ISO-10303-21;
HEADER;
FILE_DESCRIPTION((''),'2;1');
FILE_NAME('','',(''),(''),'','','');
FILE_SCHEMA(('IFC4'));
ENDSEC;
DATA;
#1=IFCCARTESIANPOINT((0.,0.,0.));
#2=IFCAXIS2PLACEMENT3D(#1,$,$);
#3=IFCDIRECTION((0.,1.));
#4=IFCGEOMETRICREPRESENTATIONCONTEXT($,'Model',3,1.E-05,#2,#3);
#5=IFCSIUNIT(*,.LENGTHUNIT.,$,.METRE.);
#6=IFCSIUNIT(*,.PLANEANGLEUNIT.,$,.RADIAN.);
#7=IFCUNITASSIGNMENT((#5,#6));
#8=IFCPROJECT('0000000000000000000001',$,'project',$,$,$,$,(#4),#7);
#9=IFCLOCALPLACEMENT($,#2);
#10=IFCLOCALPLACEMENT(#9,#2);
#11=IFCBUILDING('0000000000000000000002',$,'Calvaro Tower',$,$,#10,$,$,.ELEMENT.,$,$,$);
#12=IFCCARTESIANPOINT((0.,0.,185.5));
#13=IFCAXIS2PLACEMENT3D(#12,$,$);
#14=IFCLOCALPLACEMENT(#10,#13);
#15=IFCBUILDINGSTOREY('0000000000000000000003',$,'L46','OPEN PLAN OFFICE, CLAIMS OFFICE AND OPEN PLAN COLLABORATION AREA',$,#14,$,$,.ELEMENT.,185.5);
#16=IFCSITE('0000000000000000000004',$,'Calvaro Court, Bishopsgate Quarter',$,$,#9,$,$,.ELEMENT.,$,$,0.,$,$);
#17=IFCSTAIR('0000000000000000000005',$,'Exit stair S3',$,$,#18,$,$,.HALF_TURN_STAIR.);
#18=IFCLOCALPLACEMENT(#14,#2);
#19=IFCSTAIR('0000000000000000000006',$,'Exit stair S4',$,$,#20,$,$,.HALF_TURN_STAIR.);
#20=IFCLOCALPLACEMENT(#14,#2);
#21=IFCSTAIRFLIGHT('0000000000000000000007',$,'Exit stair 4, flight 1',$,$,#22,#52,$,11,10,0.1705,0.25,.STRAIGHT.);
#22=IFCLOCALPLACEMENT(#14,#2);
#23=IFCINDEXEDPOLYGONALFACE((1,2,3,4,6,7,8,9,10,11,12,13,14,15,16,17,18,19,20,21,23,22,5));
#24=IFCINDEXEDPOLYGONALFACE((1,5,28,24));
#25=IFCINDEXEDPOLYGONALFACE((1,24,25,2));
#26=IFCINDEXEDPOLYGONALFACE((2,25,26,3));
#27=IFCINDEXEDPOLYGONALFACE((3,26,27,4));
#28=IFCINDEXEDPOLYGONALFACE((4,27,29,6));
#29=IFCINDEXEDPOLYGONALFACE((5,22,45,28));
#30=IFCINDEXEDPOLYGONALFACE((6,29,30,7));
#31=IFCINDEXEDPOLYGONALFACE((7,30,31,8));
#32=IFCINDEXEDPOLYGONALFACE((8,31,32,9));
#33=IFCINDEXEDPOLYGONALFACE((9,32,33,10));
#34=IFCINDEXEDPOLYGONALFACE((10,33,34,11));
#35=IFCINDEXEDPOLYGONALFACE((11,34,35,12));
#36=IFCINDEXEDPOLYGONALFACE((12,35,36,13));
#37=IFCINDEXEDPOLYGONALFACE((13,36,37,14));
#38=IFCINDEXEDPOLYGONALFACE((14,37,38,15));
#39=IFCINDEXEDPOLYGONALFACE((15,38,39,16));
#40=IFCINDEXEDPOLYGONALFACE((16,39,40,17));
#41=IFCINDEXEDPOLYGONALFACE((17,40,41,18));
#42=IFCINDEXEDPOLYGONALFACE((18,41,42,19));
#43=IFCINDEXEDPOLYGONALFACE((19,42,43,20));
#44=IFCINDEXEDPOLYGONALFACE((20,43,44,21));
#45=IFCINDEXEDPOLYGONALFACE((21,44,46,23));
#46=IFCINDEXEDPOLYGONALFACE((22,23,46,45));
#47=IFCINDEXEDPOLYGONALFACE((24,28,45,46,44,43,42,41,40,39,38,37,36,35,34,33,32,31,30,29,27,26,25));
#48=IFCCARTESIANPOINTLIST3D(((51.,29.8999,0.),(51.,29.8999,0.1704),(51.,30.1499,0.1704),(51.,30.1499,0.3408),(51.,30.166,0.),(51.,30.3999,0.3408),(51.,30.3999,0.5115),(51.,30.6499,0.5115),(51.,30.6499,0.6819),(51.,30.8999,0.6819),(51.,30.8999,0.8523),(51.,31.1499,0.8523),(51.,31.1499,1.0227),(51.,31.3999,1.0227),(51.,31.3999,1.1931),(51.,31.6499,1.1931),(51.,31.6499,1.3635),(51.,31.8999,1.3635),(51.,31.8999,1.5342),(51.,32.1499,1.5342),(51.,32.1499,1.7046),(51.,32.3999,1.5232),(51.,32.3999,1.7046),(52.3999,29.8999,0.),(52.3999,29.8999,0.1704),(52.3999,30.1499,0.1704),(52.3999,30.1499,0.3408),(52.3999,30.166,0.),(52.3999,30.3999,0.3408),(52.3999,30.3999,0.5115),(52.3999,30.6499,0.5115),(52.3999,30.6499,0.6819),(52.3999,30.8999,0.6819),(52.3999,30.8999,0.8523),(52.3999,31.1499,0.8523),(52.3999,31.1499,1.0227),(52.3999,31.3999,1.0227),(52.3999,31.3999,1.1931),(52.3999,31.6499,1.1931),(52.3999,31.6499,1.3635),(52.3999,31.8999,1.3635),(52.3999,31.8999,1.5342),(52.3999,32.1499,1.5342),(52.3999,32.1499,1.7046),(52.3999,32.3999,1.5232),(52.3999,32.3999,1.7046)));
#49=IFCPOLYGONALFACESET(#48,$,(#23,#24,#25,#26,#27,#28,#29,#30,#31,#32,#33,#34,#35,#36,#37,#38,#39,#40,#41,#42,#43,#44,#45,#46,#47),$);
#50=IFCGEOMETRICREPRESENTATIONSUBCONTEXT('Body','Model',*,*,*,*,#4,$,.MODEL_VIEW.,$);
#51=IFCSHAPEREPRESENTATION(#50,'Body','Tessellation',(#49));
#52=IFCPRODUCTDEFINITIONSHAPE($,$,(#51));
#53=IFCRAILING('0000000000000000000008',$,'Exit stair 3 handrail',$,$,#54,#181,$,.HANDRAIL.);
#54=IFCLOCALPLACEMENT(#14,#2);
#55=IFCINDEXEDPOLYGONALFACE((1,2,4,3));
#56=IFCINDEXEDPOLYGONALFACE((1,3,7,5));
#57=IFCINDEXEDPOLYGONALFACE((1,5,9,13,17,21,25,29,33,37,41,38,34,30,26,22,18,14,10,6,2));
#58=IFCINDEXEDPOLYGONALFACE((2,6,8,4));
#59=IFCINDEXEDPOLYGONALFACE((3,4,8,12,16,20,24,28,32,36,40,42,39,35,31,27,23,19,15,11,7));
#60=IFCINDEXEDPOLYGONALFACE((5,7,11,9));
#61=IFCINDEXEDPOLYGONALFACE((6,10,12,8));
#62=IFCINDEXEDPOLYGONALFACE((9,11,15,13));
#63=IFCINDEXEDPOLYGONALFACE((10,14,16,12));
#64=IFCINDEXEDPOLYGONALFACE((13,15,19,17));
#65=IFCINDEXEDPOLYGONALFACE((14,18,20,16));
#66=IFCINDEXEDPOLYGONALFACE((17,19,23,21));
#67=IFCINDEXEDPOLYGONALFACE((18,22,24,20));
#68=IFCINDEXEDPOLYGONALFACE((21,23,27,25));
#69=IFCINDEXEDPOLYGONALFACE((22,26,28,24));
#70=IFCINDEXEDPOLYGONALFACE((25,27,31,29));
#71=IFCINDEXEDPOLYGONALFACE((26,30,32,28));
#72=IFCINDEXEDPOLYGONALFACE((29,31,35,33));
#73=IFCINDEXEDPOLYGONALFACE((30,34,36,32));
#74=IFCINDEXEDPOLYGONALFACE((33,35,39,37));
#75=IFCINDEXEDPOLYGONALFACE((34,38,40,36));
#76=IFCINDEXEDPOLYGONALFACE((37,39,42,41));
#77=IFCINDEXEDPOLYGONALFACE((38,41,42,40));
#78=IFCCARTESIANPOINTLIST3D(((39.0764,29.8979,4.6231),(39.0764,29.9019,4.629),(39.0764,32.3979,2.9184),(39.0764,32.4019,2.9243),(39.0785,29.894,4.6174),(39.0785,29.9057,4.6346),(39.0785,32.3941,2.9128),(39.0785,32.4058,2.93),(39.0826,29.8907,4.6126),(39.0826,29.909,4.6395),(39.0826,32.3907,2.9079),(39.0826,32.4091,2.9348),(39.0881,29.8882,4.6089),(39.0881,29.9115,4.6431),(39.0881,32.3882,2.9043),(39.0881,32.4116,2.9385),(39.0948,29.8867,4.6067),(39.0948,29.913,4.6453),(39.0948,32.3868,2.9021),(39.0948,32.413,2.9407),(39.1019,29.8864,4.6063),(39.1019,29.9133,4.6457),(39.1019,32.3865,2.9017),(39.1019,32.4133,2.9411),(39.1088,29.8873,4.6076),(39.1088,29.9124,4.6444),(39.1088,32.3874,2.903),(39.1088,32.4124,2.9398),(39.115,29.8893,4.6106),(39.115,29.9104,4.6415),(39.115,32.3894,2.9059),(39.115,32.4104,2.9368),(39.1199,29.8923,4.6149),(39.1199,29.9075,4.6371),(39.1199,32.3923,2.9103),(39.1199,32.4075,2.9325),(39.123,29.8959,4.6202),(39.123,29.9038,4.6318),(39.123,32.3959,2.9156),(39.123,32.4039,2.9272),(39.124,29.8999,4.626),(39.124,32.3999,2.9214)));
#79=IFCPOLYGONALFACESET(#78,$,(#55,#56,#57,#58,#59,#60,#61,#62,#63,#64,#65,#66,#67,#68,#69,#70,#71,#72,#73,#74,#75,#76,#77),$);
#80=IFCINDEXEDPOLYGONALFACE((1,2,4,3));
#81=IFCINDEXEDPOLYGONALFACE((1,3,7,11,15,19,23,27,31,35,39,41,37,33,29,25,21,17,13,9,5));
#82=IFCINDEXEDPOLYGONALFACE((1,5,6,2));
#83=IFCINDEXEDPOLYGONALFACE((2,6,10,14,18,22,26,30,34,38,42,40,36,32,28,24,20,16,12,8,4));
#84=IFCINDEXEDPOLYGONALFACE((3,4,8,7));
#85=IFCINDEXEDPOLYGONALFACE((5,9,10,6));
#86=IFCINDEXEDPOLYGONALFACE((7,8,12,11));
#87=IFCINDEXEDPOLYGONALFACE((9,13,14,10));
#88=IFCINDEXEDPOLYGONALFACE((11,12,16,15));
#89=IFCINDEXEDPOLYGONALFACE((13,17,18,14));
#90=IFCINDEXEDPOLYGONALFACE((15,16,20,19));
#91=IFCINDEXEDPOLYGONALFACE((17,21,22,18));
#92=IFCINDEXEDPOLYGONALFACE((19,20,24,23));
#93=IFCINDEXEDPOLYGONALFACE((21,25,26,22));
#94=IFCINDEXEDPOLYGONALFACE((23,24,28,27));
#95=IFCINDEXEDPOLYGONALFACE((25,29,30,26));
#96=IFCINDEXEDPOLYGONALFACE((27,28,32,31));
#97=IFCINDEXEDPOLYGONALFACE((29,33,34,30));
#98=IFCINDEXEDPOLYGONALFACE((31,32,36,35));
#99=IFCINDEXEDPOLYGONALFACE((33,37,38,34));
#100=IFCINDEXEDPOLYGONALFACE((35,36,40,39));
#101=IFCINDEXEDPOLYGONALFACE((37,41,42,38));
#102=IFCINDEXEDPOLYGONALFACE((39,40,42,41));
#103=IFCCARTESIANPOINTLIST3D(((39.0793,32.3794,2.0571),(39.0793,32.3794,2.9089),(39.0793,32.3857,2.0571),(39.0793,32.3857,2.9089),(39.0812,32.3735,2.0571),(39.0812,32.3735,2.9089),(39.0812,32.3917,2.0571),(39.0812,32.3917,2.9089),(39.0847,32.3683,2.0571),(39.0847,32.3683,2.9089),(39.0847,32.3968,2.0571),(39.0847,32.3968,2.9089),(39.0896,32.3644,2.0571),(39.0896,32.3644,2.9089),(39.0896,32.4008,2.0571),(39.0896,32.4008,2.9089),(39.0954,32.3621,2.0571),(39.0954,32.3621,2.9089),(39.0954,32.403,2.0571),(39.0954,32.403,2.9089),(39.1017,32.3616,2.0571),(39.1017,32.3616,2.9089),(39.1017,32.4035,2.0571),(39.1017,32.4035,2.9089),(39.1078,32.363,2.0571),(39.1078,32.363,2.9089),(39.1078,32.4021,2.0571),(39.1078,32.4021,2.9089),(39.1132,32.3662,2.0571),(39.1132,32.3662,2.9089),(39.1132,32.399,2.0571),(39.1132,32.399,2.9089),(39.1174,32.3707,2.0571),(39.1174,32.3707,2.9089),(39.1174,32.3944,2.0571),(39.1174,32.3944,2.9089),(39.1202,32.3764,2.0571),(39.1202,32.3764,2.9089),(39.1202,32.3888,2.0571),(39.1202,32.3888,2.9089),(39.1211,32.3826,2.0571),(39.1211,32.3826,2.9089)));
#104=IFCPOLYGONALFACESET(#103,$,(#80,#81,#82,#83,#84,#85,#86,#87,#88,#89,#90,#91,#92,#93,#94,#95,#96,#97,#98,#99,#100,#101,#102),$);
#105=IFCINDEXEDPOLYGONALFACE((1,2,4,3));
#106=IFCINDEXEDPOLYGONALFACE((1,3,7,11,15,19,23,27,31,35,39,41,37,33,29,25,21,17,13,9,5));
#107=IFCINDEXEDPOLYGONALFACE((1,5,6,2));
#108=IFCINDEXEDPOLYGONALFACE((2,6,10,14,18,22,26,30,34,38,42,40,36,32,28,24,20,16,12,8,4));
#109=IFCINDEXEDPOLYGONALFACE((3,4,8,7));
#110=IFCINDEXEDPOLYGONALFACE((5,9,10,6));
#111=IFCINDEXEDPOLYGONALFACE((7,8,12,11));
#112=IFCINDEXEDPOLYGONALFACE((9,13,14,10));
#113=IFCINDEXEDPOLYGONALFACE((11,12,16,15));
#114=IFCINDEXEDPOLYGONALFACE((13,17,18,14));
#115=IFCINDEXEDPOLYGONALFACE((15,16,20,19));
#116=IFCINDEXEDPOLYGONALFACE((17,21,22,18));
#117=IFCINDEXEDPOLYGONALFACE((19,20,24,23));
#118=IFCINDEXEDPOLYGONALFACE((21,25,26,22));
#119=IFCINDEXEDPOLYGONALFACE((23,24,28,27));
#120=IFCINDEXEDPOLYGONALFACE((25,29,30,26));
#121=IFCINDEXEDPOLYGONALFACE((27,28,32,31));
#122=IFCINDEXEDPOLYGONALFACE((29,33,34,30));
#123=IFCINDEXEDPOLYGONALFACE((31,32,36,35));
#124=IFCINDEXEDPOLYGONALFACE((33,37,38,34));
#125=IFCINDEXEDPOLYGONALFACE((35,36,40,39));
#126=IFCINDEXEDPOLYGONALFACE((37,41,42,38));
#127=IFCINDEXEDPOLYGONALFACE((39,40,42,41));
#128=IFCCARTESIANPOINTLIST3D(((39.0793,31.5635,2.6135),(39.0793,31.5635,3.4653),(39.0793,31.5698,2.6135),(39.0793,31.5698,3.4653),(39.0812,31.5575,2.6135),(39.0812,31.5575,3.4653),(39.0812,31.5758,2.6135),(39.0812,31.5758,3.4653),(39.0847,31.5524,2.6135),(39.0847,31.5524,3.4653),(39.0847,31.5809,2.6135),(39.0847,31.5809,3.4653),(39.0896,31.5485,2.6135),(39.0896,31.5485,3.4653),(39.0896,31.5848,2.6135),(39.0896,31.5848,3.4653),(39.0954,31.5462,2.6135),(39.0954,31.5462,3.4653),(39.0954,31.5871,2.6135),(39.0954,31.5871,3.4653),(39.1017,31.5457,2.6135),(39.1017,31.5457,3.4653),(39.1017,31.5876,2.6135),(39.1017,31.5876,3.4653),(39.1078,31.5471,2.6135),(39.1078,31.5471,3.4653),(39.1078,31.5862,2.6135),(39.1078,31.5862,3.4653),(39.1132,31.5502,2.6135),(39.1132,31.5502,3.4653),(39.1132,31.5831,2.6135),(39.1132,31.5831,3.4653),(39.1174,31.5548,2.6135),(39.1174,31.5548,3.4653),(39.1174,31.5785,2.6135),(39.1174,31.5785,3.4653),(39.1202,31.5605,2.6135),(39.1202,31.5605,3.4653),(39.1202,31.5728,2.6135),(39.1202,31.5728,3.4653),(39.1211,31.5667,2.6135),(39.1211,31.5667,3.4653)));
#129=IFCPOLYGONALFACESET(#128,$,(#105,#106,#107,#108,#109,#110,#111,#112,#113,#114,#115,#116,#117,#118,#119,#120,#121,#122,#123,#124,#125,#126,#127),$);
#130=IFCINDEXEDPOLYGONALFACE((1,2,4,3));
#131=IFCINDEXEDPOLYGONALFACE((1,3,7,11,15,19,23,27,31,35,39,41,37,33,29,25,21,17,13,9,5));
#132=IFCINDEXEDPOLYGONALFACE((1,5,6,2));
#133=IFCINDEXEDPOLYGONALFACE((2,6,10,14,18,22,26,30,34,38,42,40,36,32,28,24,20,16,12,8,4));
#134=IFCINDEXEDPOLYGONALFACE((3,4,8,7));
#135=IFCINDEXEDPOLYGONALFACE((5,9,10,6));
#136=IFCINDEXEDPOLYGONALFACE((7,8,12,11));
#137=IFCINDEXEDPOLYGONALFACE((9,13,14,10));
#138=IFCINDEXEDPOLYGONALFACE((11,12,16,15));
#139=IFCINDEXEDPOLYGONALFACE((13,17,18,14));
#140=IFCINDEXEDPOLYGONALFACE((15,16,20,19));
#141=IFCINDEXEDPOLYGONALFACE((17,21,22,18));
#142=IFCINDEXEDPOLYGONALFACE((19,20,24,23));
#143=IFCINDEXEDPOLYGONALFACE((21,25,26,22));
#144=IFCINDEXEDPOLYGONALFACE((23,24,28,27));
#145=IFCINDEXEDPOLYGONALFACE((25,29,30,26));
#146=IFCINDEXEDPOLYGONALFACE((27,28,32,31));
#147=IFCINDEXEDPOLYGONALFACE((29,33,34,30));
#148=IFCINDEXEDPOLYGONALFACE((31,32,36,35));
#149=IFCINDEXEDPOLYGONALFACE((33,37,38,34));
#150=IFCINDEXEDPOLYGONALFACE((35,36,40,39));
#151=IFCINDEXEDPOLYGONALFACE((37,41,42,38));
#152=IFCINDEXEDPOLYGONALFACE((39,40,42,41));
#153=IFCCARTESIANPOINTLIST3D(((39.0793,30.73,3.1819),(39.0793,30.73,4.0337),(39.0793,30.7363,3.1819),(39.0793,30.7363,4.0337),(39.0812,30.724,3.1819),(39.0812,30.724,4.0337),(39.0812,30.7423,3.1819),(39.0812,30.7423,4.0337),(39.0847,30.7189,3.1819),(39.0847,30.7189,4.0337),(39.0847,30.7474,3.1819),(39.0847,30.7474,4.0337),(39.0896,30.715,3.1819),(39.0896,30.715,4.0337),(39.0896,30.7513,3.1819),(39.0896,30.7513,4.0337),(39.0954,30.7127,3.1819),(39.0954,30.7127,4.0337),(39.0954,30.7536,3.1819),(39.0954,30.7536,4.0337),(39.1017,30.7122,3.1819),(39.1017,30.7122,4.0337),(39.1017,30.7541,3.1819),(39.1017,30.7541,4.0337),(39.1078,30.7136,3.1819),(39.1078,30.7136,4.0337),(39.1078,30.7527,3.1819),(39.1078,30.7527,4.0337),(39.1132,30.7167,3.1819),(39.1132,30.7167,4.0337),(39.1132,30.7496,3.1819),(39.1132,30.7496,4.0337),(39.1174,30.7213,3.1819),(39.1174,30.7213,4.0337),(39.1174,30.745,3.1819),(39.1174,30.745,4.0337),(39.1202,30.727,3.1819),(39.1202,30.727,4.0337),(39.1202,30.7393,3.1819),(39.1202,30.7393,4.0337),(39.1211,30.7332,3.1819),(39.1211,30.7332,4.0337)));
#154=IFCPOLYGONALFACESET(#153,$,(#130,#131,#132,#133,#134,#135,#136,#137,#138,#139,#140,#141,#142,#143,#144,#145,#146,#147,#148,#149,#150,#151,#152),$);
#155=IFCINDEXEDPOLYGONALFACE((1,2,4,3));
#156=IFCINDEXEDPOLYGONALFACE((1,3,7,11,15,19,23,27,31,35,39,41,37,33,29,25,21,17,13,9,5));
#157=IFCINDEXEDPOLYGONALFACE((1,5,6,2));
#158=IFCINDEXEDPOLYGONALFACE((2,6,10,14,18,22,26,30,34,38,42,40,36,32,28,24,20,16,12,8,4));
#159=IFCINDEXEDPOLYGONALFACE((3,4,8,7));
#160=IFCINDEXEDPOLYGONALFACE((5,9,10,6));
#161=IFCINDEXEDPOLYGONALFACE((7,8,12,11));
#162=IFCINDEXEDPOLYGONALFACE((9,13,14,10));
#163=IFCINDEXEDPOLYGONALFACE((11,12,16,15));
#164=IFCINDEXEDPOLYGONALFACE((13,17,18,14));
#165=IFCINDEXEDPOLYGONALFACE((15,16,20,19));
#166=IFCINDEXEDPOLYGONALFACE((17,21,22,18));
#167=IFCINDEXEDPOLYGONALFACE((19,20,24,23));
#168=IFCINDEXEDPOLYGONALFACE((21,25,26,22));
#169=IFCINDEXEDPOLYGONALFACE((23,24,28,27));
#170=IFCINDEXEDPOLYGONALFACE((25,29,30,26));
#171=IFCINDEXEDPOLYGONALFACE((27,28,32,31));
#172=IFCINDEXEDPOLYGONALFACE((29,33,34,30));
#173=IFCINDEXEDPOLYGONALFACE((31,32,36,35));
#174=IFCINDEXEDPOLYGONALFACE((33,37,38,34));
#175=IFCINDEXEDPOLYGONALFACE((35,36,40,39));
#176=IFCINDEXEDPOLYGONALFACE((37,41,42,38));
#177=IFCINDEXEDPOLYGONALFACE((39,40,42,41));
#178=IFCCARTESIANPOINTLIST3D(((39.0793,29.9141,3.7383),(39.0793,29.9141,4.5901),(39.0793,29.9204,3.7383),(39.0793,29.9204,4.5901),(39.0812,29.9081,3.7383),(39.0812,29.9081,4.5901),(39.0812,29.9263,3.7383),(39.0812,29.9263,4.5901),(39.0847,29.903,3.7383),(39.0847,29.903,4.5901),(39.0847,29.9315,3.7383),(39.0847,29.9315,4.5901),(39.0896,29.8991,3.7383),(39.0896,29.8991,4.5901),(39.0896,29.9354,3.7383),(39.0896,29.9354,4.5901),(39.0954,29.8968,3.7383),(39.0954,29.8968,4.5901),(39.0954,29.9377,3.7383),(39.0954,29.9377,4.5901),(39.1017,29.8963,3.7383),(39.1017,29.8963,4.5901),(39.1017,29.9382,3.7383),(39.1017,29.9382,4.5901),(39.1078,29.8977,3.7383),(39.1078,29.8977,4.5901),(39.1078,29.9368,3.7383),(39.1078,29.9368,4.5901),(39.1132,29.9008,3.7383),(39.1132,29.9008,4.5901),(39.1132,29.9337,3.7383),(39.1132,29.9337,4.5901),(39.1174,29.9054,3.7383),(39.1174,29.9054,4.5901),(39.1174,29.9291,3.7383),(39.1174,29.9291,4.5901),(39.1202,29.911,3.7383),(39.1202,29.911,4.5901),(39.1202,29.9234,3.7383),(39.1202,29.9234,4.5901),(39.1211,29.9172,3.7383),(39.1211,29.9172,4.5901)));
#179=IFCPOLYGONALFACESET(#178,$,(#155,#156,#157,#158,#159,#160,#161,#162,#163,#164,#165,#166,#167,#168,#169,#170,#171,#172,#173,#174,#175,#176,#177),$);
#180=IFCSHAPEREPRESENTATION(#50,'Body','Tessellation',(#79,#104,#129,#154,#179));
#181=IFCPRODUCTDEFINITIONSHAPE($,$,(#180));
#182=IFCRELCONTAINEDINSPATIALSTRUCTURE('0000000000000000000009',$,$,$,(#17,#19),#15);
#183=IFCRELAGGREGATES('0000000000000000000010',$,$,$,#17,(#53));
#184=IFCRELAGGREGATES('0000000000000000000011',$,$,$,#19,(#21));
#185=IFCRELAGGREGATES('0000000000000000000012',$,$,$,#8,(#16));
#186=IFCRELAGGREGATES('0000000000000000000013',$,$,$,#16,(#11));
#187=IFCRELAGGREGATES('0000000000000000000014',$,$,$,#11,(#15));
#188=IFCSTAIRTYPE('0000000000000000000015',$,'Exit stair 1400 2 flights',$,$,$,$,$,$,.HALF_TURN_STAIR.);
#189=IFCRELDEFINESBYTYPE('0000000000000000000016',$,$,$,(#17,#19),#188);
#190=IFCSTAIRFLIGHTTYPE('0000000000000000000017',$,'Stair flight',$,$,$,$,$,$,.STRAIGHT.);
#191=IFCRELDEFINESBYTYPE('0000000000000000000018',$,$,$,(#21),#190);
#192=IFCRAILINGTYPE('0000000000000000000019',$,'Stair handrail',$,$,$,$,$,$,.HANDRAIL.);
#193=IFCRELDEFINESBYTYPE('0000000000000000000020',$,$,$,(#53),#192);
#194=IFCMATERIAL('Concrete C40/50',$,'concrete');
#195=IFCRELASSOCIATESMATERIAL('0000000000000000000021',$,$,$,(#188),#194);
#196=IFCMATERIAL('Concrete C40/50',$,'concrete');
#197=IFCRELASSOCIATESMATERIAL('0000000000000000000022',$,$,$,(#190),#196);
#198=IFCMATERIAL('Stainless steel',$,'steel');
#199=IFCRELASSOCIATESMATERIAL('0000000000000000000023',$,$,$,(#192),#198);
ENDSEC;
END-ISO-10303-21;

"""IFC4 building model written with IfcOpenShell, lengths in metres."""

from ifc_helpers import new_model, si_unit, direction, frame, origin, origin_2d, place, context, subcontext, project, spatial, polyline, circle, outline, extrude, material, type_object, element, aggregate, save


model = new_model("IFC4")

# Units and contexts
model_context = context("Model", 3, precision=1e-05, world=origin(), true_north=direction((0.0, 1.0)))
body_context = subcontext(model_context, "Body", "Model", "MODEL_VIEW")
ifc_project = project(units=[si_unit("LENGTHUNIT", "METRE"), si_unit("PLANEANGLEUNIT", "RADIAN")], contexts=[model_context])

# Site, building, storey
site_placement = place(None, origin())
site = spatial("IfcSite", under=ifc_project, at=site_placement, Name="Calvaro Court, Bishopsgate Quarter", CompositionType="ELEMENT", RefElevation=0.0)
building_placement = place(site_placement, origin())
building = spatial("IfcBuilding", under=site, at=building_placement, Name="Calvaro Tower", CompositionType="ELEMENT")
storey_placement = place(building_placement, frame((0.0, 0.0, 185.5)))
storey = spatial("IfcBuildingStorey", under=building, at=storey_placement, Name="L46", Description="OPEN PLAN OFFICE, CLAIMS OFFICE AND OPEN PLAN COLLABORATION AREA", CompositionType="ELEMENT", Elevation=185.5)

# Stairs, stair flight
ifc_material_1 = material(Name="Concrete C40/50", Category="concrete")
stair_type = type_object("IfcStairType", Name="Exit stair 1400 2 flights", PredefinedType="HALF_TURN_STAIR", material=ifc_material_1)
stair_1_placement = place(storey_placement, origin())
stair_1 = element("IfcStair", 1, at=stair_1_placement, inside=storey, type_object=stair_type, Name="Exit stair S3", PredefinedType="HALF_TURN_STAIR")
ifc_material_2 = material(Name="Concrete C40/50", Category="concrete")
stair_flight_type = type_object("IfcStairFlightType", Name="Stair flight", PredefinedType="STRAIGHT", material=ifc_material_2)
stair_2_placement = place(storey_placement, origin())
stair_2 = element("IfcStair", 2, at=stair_2_placement, inside=storey, type_object=stair_type, Name="Exit stair S4", PredefinedType="HALF_TURN_STAIR")
stair_flight_1_placement = place(storey_placement, frame((51.7, 29.8999, 0.0), z_axis=(0.0, 0.0, 1.0), x_axis=(0.0, 1.0, 0.0)))
stair_flight_1 = element("IfcStairFlight", 3, at=stair_flight_1_placement, type_object=stair_flight_type, Name="Exit stair 4, flight 1", NumberOfRisers=11, NumberOfTreads=10, PredefinedType="STRAIGHT", RiserHeight=0.1705, TreadLength=0.25, context=body_context, shape_type="SweptSolid", body=[
    extrude(outline(polyline([(0.0, 0.0), (0.0, 0.1704), (0.25, 0.1704), (0.25, 0.3408), (0.5, 0.3408), (0.5, 0.5115), (0.75, 0.5115), (0.75, 0.6819), (1.0, 0.6819), (1.0, 0.8523), (1.25, 0.8523), (1.25, 1.0227), (1.5, 1.0227), (1.5, 1.1931), (1.75, 1.1931), (1.75, 1.3635), (2.0, 1.3635), (2.0, 1.5342), (2.25, 1.5342), (2.25, 1.7046), (2.5, 1.7046), (2.5, 1.875), (2.5, 1.5232), (0.2661, 0.0), (0.0, 0.0)])), frame((0.0, 0.7, 0.0), z_axis=(0.0, -1.0, 0.0), x_axis=(1.0, 0.0, 0.0)), (0.0, 0.0, 1.0), 1.3999),
])

# Railing
ifc_material_3 = material(Name="Stainless steel", Category="steel")
railing_type = type_object("IfcRailingType", Name="Stair handrail", PredefinedType="HANDRAIL", material=ifc_material_3)
railing_1_placement = place(storey_placement, frame((39.1001, 32.3999, 2.0454)))
railing_1 = element("IfcRailing", 4, at=railing_1_placement, type_object=railing_type, Name="Exit stair 3 handrail", PredefinedType="HANDRAIL", context=body_context, shape_type="SweptSolid", body=[
    extrude(circle(Radius=0.0239, at=origin_2d()), frame((0.0, 0.0, 0.876), z_axis=(0.0, -0.826221, 0.563347), x_axis=(1.0, 0.0, 0.0)), (0.0, 0.0, 1.0), 3.0259),
    extrude(circle(Radius=0.021, at=origin_2d()), frame((0.0, -0.0173, 0.0117)), (0.0, 0.0, 1.0), 0.8518),
    extrude(circle(Radius=0.021, at=origin_2d()), frame((0.0, -0.8333, 0.5681)), (0.0, 0.0, 1.0), 0.8518),
    extrude(circle(Radius=0.021, at=origin_2d()), frame((0.0, -1.6667, 1.1365)), (0.0, 0.0, 1.0), 0.8518),
    extrude(circle(Radius=0.021, at=origin_2d()), frame((0.0, -2.4827, 1.6929)), (0.0, 0.0, 1.0), 0.8518),
])
aggregate(stair_1, [railing_1])
aggregate(stair_2, [stair_flight_1])

save(model, "model.ifc")
